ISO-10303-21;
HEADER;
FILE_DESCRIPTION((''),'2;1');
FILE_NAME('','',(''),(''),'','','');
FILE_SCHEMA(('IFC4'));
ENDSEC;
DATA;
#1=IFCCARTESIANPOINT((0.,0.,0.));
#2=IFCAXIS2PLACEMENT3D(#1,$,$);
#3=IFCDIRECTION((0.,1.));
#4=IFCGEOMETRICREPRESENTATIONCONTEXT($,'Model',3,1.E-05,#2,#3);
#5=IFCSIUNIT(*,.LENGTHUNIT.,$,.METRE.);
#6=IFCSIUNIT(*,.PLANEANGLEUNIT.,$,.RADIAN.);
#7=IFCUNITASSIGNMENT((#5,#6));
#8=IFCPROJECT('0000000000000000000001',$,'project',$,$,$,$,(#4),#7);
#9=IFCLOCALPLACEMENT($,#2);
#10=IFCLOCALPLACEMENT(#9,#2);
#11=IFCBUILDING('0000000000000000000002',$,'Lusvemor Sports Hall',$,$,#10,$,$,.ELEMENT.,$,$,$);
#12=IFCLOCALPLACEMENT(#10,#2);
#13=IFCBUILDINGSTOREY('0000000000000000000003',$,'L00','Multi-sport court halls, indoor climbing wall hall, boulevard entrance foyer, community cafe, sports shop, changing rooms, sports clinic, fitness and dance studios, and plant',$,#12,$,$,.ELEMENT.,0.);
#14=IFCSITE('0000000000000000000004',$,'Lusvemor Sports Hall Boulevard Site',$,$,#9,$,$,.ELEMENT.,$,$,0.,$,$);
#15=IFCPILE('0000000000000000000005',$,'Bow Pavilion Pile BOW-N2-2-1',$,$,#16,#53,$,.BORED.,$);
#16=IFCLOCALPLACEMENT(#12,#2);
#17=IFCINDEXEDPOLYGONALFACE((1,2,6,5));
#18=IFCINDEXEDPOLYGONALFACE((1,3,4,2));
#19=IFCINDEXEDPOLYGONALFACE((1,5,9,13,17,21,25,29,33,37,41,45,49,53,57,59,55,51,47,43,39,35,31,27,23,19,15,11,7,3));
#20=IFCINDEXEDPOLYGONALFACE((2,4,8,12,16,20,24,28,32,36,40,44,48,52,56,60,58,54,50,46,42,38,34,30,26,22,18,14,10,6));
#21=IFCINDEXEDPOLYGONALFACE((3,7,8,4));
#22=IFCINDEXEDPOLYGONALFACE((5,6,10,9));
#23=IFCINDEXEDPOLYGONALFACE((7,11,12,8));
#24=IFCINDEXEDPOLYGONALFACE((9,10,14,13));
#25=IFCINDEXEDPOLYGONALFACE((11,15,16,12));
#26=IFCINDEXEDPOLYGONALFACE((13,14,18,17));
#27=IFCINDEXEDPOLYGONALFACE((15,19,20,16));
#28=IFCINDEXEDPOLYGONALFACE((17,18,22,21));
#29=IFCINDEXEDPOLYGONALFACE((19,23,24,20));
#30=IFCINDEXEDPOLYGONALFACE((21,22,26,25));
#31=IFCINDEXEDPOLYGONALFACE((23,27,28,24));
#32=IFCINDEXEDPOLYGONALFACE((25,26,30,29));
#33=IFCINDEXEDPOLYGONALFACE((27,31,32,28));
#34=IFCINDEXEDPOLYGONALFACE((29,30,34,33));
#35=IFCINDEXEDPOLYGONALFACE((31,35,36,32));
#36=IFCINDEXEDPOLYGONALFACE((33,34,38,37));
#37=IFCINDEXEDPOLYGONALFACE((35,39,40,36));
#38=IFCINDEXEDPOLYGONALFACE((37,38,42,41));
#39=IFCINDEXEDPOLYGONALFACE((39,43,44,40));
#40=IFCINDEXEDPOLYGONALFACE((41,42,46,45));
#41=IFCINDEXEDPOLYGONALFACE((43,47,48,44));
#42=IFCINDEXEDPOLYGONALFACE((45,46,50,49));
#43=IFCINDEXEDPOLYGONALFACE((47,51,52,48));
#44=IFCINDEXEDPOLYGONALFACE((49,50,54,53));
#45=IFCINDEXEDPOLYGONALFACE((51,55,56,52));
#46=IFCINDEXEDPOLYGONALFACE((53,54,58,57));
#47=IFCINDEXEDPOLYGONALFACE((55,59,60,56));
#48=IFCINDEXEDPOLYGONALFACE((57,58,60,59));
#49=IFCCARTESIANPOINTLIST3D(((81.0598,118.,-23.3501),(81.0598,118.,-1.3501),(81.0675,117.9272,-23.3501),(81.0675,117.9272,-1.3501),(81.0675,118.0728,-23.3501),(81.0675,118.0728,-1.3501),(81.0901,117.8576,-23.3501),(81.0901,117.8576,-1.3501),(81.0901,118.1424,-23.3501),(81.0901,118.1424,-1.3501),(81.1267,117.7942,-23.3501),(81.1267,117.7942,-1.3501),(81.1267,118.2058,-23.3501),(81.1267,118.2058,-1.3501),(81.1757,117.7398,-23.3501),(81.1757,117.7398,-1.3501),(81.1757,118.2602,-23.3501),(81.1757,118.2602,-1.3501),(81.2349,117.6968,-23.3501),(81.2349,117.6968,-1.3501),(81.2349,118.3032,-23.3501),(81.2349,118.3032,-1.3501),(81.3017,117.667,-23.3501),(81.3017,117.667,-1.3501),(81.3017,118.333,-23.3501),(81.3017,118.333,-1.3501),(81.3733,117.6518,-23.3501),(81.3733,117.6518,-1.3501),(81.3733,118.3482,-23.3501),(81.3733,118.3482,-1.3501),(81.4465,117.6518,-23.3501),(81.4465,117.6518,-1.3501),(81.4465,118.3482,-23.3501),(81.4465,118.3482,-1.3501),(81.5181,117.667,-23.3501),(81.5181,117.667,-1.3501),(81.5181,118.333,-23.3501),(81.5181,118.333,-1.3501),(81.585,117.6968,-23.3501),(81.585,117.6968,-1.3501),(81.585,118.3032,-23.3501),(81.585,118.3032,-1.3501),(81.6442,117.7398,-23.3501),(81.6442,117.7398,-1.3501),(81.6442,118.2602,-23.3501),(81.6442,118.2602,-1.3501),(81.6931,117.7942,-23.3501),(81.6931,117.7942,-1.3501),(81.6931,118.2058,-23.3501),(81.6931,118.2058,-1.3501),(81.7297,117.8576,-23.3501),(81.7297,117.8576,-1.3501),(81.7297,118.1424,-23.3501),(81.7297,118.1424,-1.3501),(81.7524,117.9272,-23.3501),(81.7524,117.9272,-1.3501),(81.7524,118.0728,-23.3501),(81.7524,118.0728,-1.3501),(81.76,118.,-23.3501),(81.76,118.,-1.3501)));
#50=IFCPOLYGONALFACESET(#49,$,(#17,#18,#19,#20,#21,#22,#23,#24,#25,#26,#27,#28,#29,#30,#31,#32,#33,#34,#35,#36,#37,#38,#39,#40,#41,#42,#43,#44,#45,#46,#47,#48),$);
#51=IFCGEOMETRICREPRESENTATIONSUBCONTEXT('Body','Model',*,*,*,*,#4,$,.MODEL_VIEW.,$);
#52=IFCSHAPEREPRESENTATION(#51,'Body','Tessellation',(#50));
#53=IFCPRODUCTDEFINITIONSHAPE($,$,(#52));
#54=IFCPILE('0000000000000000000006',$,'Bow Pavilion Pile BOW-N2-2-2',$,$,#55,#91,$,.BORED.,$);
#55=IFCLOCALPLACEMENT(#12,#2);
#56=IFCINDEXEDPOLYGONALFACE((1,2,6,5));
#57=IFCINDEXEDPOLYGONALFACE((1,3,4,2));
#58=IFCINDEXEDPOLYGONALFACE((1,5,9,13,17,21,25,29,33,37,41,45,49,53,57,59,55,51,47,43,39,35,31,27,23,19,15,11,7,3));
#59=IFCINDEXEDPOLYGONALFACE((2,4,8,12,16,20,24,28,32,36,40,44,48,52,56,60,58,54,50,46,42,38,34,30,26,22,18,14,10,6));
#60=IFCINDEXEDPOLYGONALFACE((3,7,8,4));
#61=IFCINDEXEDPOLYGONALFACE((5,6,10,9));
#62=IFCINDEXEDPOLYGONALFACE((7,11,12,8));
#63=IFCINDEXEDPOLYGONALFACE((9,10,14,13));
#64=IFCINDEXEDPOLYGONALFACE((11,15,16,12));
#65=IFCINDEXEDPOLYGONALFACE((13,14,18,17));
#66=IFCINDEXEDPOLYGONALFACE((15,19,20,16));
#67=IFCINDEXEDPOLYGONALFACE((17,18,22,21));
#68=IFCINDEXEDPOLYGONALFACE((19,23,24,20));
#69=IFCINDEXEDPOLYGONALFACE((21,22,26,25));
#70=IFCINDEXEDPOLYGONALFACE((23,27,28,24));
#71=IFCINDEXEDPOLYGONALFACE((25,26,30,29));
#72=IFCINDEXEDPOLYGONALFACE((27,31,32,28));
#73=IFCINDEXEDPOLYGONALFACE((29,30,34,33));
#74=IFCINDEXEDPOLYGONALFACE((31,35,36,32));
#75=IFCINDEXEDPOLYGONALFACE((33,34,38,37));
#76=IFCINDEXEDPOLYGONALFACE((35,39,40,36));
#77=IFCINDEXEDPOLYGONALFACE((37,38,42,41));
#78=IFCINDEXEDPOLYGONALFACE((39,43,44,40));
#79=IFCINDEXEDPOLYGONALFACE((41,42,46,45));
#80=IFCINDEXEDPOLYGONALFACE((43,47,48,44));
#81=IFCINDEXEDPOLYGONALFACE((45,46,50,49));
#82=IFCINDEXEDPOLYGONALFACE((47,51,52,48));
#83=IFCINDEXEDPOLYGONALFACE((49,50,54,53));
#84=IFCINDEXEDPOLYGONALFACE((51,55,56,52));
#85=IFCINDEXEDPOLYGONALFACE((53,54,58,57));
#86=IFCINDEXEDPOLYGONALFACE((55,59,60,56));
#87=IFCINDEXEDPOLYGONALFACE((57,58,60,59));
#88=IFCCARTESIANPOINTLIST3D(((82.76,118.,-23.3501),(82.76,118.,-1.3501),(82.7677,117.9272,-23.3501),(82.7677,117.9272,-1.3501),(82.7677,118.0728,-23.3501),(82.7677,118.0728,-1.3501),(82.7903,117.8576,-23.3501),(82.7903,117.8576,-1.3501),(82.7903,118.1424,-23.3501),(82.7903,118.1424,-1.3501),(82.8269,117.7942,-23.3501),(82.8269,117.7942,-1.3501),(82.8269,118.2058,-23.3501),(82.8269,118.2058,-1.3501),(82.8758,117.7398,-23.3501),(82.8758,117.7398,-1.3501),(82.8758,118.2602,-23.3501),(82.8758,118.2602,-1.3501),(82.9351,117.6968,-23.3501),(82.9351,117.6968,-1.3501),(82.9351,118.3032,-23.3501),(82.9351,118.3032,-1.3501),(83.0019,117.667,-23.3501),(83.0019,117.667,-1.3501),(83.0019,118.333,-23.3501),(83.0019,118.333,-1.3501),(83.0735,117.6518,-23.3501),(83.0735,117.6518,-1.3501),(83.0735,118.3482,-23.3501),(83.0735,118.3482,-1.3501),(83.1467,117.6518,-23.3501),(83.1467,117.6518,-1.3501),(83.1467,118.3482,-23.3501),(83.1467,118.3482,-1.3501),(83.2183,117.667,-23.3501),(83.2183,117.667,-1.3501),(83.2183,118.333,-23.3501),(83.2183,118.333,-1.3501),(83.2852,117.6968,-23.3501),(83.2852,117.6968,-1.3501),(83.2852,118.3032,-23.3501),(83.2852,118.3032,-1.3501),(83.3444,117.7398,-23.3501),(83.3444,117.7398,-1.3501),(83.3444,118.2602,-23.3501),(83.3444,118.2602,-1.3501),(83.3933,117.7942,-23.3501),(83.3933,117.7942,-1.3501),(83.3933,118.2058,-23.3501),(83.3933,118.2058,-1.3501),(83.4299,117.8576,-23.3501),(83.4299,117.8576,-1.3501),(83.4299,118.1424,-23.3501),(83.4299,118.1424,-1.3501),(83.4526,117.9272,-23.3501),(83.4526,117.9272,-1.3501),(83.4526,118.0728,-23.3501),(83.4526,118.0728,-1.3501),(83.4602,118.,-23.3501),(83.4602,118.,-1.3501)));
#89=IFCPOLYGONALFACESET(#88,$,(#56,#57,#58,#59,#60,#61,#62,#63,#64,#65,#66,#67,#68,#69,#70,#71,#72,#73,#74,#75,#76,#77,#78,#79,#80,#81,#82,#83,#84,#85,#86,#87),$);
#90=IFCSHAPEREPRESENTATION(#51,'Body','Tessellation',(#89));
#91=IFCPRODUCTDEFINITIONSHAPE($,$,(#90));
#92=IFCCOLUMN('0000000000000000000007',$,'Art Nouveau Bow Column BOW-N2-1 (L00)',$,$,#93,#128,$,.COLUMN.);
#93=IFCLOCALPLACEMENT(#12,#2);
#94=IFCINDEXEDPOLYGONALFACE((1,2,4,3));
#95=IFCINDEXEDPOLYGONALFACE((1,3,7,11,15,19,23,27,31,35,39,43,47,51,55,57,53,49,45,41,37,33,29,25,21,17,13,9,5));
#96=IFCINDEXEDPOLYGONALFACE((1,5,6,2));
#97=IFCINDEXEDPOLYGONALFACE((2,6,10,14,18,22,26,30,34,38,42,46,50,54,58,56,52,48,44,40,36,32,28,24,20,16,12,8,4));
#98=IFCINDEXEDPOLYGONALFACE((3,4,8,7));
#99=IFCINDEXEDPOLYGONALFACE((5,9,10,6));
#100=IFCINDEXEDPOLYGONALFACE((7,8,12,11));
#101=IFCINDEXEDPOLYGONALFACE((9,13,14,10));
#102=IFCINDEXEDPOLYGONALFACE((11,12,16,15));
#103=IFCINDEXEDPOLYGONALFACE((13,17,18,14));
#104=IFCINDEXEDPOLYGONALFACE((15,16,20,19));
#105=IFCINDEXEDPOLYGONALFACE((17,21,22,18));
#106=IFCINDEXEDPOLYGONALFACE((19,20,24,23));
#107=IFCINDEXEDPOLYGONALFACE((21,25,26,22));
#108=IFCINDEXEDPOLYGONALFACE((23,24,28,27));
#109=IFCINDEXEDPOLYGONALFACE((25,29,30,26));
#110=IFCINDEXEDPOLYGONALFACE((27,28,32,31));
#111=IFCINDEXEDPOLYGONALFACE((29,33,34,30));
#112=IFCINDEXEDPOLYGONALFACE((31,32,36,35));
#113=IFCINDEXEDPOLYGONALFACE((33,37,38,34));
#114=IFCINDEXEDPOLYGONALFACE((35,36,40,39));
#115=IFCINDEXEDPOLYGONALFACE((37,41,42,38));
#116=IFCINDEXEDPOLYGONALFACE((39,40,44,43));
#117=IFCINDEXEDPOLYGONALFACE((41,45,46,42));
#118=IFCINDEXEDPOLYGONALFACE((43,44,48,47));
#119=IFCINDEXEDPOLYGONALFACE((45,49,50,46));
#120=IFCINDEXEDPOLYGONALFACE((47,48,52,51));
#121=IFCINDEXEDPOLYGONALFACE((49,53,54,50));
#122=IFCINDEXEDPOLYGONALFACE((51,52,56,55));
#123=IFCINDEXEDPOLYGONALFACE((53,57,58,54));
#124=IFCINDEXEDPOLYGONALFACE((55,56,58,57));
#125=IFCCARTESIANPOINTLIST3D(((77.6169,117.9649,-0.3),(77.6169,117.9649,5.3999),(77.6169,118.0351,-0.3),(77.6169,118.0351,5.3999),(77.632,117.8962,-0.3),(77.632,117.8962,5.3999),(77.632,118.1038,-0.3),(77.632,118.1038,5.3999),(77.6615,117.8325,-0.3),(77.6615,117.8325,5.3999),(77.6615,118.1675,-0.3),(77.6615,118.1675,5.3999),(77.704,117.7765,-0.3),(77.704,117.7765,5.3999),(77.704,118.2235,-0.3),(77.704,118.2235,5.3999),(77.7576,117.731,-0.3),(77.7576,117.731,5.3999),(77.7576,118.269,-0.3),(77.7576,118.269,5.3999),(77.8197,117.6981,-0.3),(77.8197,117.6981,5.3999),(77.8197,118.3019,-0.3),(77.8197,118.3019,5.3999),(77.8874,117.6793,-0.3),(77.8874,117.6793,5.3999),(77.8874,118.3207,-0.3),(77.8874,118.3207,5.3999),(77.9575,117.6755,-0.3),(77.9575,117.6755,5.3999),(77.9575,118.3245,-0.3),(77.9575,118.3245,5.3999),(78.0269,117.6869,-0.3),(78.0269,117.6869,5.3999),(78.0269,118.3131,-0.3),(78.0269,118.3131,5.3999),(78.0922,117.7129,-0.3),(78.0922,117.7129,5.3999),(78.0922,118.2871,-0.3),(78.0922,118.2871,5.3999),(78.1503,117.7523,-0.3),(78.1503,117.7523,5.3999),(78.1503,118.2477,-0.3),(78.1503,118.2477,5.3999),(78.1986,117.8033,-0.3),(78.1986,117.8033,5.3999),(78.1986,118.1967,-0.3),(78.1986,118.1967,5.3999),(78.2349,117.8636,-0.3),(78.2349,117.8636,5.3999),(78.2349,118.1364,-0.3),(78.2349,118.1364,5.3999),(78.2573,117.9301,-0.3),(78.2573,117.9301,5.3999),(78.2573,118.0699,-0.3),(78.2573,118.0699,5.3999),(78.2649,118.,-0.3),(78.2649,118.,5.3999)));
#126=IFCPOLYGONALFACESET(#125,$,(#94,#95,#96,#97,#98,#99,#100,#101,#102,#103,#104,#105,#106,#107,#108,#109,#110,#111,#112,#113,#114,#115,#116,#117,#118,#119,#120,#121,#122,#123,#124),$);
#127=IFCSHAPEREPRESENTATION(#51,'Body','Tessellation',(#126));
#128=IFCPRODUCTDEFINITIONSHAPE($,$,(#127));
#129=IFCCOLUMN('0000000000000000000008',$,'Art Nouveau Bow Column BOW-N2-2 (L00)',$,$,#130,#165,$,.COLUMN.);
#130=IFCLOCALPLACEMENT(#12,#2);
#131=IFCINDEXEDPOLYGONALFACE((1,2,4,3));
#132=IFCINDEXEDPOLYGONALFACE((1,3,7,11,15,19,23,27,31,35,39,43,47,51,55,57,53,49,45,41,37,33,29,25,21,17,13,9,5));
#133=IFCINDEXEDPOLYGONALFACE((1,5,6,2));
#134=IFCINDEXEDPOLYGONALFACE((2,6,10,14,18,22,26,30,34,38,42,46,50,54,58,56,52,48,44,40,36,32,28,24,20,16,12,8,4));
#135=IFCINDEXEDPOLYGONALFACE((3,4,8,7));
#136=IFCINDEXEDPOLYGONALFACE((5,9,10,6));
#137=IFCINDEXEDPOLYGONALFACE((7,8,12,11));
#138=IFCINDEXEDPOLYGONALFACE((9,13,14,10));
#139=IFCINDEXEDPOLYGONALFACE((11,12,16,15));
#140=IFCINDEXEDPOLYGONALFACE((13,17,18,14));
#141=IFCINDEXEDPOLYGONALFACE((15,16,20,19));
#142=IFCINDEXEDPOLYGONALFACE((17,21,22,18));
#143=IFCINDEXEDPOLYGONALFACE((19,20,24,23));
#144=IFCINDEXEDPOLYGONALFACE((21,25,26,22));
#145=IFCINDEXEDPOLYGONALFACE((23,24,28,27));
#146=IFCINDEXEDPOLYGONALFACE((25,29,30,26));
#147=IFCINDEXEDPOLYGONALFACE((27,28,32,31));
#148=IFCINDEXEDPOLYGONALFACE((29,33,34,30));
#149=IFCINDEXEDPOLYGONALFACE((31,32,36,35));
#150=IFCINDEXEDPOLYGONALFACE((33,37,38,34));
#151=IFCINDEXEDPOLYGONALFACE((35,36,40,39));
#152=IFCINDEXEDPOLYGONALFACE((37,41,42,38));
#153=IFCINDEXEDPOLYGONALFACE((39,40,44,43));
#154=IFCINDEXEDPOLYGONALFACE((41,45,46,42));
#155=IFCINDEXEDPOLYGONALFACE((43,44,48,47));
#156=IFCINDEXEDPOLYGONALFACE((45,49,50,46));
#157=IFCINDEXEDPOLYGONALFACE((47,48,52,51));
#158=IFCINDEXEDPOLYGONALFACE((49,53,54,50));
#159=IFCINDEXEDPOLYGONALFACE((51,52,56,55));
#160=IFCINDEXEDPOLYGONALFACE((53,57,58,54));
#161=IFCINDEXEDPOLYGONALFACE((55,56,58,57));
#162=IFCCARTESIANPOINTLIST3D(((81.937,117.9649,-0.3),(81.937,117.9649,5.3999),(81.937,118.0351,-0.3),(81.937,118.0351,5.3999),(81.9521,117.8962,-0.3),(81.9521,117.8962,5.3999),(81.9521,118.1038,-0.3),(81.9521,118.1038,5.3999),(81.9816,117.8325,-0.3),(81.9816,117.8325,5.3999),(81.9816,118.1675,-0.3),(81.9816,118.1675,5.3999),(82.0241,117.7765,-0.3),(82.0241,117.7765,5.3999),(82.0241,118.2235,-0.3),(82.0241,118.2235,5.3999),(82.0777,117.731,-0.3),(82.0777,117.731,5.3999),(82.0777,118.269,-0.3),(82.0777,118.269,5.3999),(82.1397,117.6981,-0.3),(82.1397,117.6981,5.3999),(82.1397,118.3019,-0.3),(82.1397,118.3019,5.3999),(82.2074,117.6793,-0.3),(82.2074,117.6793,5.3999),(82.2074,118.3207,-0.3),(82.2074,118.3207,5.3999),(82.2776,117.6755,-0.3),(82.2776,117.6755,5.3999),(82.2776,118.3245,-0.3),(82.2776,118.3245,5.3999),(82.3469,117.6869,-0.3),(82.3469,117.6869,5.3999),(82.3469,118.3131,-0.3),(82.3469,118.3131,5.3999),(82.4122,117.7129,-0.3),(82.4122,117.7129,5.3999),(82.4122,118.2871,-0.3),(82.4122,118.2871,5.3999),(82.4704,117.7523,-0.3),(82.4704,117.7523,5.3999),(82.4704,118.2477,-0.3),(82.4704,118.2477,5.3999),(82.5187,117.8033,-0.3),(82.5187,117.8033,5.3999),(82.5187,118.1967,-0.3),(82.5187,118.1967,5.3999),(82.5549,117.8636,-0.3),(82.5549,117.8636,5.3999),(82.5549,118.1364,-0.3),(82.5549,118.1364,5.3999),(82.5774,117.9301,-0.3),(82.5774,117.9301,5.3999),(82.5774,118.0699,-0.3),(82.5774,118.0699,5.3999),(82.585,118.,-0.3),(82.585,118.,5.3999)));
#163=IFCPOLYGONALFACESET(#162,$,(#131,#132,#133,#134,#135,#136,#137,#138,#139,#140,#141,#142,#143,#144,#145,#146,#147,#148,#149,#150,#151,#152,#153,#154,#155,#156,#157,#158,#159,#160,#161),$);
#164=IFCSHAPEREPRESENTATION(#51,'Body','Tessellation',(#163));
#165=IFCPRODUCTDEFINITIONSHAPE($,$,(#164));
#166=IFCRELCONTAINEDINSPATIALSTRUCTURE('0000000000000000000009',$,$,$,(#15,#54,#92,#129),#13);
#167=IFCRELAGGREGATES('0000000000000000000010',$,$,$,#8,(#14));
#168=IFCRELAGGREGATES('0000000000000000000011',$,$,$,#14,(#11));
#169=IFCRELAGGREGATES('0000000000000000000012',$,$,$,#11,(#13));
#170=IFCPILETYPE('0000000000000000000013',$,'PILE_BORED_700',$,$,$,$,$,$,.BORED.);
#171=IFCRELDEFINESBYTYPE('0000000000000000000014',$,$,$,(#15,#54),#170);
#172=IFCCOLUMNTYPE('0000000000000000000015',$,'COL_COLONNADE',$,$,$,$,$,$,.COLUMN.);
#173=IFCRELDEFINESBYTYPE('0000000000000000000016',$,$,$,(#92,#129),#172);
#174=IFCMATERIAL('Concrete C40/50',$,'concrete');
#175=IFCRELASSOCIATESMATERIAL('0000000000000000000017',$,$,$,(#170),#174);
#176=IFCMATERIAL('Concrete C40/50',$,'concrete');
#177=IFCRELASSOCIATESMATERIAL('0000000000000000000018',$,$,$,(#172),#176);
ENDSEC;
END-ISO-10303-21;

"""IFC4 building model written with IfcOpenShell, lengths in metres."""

from ifc_helpers import new_model, si_unit, direction, frame, origin, origin_2d, place, context, subcontext, project, spatial, circle, extrude, material, material_profile, profile_set, type_object, element, save


model = new_model("IFC4")

# Units and contexts
model_context = context("Model", 3, precision=1e-05, world=origin(), true_north=direction((0.0, 1.0)))
body_context = subcontext(model_context, "Body", "Model", "MODEL_VIEW")
ifc_project = project(units=[si_unit("LENGTHUNIT", "METRE"), si_unit("PLANEANGLEUNIT", "RADIAN")], contexts=[model_context])

# Site, building, storey
site_placement = place(None, origin())
site = spatial("IfcSite", under=ifc_project, at=site_placement, Name="Lusvemor Sports Hall Boulevard Site", CompositionType="ELEMENT", RefElevation=0.0)
building_placement = place(site_placement, origin())
building = spatial("IfcBuilding", under=site, at=building_placement, Name="Lusvemor Sports Hall", CompositionType="ELEMENT")
storey_placement = place(building_placement, origin())
storey = spatial("IfcBuildingStorey", under=building, at=storey_placement, Name="L00", Description="Multi-sport court halls, indoor climbing wall hall, boulevard entrance foyer, community cafe, sports shop, changing rooms, sports clinic, fitness and dance studios, and plant", CompositionType="ELEMENT", Elevation=0.0)

# Piles
ifc_material_1 = material(Name="Concrete C40/50", Category="concrete")
ifc_material_profile_1 = material_profile(ifc_material_1, circle(Radius=0.3501, at=origin_2d()), Name="PILE700")
ifc_profile_set_1 = profile_set([ifc_material_profile_1], Name="Concrete C40/50")
pile_type = type_object("IfcPileType", Name="PILE_BORED_700", PredefinedType="BORED", material=ifc_profile_set_1)
for number, where, z_axis, x_axis, name in (
    (1, (81.4099, 118.0, -1.3501), (0.0, 0.0, -1.0), (1.0, 0.0, 0.0), "Bow Pavilion Pile BOW-N2-2-1"),
    (2, (83.1101, 118.0, -1.3501), (0.0, 0.0, -1.0), (1.0, 0.0, 0.0), "Bow Pavilion Pile BOW-N2-2-2"),
):
    element("IfcPile", number, at=place(storey_placement, frame(where, z_axis=z_axis, x_axis=x_axis)), inside=storey, type_object=pile_type, Name=name, PredefinedType="BORED", context=body_context, shape_type="SweptSolid", body=[
        extrude(circle(Radius=0.3501, at=origin_2d()), origin(), (0.0, 0.0, 1.0), 22.0),
    ])

# Columns
ifc_material_2 = material(Name="Concrete C40/50", Category="concrete")
ifc_material_profile_2 = material_profile(ifc_material_2, circle(Radius=0.325, at=origin_2d()), Name="RCCIRC650")
ifc_profile_set_2 = profile_set([ifc_material_profile_2], Name="Concrete C40/50")
column_type = type_object("IfcColumnType", Name="COL_COLONNADE", PredefinedType="COLUMN", material=ifc_profile_set_2)
for number, where, z_axis, x_axis, name in (
    (3, (77.9399, 118.0, -0.3), (0.0, 0.0, 1.0), (1.0, 0.0, 0.0), "Art Nouveau Bow Column BOW-N2-1 (L00)"),
    (4, (82.26, 118.0, -0.3), (0.0, 0.0, 1.0), (1.0, 0.0, 0.0), "Art Nouveau Bow Column BOW-N2-2 (L00)"),
):
    element("IfcColumn", number, at=place(storey_placement, frame(where, z_axis=z_axis, x_axis=x_axis)), inside=storey, type_object=column_type, Name=name, PredefinedType="COLUMN", context=body_context, shape_type="SweptSolid", body=[
        extrude(circle(Radius=0.325, at=origin_2d()), origin(), (0.0, 0.0, 1.0), 5.7),
    ])

save(model, "model.ifc")
